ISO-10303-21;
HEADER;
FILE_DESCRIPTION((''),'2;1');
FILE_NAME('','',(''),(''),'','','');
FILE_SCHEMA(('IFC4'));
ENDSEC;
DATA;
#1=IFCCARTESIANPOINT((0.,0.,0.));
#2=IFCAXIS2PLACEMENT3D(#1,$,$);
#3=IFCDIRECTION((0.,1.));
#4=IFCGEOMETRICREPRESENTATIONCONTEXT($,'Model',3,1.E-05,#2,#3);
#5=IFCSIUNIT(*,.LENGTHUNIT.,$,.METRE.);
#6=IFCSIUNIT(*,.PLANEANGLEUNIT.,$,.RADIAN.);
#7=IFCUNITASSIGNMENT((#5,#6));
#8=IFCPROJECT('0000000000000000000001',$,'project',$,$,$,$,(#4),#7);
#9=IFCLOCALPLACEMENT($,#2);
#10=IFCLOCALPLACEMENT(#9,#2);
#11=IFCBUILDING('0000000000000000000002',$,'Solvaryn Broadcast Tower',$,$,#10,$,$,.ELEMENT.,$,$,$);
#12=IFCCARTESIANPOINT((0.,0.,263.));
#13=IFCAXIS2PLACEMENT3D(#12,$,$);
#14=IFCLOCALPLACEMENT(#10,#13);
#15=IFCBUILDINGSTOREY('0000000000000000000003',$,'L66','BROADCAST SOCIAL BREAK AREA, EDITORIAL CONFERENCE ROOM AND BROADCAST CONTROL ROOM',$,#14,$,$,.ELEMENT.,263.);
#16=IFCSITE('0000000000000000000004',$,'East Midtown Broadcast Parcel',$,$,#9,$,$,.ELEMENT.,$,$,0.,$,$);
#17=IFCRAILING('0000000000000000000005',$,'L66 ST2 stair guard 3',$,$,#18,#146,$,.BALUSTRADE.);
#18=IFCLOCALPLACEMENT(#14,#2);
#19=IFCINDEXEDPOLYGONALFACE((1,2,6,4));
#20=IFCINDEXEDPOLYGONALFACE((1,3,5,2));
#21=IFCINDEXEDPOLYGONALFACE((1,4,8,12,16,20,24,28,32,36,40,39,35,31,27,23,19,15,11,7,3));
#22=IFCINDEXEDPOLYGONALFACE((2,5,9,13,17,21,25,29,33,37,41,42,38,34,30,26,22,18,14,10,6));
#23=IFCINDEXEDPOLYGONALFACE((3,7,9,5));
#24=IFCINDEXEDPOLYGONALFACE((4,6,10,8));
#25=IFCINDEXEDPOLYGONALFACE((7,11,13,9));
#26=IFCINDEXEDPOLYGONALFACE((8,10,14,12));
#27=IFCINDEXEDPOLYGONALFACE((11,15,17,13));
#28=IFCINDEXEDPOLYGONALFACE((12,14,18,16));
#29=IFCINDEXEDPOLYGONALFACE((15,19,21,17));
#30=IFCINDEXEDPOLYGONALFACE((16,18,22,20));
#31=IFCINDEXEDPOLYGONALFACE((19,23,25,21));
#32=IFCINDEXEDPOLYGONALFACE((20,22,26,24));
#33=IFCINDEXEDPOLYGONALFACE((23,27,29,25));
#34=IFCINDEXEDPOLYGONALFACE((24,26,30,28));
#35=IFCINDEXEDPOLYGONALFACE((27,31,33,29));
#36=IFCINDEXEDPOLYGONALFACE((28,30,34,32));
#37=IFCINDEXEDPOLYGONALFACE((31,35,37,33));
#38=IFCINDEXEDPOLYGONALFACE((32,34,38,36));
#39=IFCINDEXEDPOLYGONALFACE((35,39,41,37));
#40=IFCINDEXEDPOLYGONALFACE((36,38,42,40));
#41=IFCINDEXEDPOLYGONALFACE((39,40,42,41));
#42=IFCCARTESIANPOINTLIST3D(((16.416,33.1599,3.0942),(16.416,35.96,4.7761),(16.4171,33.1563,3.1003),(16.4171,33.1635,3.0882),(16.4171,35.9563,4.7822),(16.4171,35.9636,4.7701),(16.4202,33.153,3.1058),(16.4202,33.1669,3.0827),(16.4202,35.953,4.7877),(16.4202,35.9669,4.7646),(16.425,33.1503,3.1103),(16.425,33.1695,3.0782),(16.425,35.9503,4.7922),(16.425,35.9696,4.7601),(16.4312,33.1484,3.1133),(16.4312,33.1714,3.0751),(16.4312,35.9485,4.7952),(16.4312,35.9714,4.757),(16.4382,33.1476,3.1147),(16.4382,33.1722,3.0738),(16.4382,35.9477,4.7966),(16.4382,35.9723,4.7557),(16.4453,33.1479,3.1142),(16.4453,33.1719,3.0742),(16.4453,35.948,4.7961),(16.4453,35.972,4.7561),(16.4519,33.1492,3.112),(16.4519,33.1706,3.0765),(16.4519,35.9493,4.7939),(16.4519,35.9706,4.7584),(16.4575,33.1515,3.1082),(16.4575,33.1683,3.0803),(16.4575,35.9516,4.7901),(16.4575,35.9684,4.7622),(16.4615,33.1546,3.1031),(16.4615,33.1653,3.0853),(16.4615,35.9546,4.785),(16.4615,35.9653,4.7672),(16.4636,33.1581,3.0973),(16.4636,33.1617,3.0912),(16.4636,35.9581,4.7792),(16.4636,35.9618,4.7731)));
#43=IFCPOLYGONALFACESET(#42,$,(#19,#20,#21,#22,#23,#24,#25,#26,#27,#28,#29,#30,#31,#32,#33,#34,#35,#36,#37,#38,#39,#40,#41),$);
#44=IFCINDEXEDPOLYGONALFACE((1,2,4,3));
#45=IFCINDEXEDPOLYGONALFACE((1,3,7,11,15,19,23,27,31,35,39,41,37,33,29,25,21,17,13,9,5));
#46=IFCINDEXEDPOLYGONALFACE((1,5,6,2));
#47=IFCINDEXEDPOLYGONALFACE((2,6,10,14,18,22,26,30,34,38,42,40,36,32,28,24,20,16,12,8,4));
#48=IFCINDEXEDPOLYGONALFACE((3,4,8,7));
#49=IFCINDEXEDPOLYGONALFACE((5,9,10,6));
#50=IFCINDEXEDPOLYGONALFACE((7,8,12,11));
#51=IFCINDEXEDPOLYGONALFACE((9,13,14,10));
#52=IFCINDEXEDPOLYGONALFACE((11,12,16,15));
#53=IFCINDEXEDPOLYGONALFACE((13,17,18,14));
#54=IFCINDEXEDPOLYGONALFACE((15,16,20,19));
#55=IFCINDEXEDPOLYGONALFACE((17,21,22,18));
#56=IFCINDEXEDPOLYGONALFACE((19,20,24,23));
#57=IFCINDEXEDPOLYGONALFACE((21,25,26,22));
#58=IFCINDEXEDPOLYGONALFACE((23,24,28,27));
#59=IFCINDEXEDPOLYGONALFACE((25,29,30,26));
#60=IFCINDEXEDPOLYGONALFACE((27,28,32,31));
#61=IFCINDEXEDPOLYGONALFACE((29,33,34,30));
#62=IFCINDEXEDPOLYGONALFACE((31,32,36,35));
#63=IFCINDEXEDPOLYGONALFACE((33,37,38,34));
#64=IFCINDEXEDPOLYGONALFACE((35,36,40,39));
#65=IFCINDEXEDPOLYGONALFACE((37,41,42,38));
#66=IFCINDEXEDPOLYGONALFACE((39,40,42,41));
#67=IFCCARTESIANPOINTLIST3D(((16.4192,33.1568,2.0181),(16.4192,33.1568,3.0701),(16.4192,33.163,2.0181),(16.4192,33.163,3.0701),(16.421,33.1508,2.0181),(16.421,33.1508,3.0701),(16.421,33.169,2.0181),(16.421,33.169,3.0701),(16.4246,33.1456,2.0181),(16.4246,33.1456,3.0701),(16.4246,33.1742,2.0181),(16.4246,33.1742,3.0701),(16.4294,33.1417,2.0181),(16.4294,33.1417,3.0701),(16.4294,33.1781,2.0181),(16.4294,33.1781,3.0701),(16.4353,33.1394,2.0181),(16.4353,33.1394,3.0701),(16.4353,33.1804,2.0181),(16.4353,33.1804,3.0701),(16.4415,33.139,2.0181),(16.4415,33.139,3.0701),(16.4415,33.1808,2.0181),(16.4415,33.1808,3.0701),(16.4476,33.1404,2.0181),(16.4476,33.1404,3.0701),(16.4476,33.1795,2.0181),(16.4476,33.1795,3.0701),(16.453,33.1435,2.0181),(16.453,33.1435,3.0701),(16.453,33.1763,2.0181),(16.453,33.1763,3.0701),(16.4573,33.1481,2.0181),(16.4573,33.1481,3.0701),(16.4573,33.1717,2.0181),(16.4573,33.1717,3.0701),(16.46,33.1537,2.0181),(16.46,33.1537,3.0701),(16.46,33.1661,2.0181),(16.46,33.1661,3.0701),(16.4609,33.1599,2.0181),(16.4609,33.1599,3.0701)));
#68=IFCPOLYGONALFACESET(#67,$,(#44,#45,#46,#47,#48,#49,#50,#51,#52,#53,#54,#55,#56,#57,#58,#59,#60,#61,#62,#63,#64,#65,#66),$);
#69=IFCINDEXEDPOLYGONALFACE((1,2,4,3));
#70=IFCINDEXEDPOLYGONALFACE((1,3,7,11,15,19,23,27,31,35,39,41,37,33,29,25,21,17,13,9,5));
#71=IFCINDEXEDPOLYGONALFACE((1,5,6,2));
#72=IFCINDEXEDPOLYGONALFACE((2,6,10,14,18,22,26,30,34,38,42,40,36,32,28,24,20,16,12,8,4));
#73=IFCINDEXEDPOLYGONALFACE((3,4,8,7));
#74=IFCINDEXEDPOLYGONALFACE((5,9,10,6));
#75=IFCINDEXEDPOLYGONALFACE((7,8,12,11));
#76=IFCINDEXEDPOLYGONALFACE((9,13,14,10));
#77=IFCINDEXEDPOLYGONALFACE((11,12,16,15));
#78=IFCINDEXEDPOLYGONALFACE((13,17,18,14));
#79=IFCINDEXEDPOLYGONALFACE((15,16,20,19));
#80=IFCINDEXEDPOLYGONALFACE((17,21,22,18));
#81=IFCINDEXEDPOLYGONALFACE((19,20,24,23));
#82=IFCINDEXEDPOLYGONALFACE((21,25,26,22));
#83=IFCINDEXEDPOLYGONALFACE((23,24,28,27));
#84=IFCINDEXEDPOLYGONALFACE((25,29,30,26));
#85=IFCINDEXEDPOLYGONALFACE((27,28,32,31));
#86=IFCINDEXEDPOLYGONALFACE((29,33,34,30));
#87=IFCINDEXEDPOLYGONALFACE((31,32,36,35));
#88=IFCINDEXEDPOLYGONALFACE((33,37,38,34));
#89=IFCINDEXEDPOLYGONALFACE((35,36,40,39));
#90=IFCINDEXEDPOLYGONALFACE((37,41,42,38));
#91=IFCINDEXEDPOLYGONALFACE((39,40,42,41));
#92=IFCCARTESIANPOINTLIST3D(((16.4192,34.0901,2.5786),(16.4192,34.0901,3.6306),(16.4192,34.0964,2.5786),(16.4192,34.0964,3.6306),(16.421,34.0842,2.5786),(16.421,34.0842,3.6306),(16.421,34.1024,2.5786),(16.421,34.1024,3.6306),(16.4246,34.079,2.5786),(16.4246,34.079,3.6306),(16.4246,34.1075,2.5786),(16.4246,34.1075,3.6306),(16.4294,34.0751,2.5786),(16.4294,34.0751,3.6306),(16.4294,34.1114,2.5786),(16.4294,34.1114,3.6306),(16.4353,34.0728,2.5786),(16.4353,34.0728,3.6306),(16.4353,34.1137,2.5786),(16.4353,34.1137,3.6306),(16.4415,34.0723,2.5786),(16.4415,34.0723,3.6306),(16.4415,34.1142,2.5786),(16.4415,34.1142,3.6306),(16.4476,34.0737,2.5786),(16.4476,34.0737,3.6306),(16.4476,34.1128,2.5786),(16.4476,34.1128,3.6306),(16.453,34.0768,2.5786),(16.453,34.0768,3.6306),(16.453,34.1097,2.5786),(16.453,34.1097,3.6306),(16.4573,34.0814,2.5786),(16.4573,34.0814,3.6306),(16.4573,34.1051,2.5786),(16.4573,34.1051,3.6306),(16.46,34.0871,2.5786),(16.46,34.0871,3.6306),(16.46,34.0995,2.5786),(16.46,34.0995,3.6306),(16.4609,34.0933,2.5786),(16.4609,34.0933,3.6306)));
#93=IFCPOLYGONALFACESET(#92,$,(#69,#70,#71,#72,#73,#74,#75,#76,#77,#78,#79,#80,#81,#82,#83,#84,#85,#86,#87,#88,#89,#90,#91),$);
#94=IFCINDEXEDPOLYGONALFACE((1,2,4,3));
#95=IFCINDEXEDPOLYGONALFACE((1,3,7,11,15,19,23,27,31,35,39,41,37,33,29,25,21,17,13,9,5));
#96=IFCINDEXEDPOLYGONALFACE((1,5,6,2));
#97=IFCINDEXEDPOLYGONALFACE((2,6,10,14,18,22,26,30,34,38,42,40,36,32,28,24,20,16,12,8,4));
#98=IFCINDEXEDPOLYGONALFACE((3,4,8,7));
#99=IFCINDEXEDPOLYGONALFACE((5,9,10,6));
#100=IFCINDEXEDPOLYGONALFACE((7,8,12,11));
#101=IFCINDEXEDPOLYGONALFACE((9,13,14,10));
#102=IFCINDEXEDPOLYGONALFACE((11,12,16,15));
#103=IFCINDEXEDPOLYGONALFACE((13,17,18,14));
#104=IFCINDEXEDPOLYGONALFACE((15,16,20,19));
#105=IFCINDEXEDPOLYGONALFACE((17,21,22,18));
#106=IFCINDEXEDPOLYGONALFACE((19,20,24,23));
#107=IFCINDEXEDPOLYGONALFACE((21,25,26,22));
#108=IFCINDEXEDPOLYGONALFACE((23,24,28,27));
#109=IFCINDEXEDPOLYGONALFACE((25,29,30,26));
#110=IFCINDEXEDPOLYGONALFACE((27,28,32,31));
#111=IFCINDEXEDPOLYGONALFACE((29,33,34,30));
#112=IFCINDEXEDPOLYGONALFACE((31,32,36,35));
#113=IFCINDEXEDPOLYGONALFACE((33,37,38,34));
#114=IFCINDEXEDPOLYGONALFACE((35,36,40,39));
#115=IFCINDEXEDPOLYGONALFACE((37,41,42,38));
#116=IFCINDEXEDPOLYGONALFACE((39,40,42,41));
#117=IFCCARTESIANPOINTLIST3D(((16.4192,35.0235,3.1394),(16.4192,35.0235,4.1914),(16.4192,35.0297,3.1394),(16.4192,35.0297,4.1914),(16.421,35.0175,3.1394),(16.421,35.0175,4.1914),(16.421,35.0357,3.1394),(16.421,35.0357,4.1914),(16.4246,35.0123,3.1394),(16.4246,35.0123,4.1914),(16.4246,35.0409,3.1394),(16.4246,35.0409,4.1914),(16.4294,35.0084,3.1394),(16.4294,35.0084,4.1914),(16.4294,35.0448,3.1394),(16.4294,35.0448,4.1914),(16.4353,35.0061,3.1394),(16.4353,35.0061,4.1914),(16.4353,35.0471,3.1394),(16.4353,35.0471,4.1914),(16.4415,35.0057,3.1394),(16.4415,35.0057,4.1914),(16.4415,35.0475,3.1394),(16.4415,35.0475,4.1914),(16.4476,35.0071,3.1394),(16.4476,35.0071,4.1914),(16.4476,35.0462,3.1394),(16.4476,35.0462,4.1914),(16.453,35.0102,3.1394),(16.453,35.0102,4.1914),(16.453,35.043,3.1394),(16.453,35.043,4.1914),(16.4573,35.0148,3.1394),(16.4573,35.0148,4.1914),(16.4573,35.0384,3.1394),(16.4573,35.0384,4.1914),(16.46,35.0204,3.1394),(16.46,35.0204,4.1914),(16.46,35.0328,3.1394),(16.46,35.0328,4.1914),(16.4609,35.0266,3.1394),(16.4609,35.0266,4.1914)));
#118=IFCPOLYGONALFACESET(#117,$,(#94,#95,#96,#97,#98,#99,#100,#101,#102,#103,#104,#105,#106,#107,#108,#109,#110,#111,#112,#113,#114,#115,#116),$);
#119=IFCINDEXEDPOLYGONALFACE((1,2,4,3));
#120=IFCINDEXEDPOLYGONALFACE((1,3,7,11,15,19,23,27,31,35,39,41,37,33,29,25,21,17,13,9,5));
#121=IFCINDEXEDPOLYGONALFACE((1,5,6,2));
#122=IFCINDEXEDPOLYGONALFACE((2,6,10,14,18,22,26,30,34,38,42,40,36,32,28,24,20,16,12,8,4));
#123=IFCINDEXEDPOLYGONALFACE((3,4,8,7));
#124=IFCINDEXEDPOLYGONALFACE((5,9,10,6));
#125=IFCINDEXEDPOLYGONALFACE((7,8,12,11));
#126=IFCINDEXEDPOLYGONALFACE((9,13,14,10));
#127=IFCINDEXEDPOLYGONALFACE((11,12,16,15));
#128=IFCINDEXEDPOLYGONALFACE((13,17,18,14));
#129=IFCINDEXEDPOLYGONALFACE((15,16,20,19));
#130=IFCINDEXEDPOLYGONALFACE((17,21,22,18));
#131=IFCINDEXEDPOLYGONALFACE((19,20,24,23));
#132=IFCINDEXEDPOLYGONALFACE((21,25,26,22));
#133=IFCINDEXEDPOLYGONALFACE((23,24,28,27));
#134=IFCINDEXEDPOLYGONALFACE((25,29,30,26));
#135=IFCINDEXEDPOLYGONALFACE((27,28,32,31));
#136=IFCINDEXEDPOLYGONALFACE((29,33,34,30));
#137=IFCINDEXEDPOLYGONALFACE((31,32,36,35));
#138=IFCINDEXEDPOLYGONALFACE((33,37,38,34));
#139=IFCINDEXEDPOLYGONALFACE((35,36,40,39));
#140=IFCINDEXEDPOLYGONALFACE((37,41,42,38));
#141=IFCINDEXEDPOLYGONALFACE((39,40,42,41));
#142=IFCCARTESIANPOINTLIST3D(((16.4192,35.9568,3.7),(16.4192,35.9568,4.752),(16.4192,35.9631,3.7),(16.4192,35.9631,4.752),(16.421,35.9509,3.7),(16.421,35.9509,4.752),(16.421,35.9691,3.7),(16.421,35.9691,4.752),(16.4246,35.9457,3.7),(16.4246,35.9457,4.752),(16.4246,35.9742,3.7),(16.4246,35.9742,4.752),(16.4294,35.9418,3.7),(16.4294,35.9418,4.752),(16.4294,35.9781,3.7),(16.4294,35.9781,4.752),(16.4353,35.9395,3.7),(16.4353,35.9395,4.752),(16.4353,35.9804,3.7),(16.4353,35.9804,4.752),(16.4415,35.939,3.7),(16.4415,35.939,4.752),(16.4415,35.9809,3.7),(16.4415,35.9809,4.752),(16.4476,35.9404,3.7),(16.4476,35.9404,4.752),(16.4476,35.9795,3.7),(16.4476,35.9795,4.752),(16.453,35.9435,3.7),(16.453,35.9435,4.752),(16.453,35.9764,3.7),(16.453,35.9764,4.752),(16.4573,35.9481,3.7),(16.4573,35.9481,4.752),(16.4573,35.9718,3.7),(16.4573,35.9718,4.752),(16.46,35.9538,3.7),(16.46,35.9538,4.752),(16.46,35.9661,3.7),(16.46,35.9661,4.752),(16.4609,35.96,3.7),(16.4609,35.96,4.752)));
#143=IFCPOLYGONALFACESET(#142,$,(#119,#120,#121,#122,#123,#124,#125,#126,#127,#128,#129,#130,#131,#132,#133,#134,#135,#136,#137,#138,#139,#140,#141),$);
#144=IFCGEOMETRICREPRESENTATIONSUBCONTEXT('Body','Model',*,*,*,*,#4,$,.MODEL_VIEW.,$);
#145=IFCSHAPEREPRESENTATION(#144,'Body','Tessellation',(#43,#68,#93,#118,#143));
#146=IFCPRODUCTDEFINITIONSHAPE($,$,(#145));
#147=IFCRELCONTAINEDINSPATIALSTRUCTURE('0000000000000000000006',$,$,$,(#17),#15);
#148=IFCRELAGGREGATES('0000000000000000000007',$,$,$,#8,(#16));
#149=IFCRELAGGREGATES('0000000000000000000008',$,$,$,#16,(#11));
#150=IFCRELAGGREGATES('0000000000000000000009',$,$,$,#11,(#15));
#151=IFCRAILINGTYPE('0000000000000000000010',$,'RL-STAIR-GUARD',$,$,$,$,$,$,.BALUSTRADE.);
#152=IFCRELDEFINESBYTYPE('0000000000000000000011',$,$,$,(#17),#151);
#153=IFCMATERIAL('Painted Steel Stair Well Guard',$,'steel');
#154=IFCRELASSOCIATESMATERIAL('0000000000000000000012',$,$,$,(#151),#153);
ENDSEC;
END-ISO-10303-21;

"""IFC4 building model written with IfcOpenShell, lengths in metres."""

from ifc_helpers import new_model, si_unit, direction, frame, origin, origin_2d, place, context, subcontext, project, spatial, circle, extrude, material, type_object, element, save


model = new_model("IFC4")

# Units and contexts
model_context = context("Model", 3, precision=1e-05, world=origin(), true_north=direction((0.0, 1.0)))
body_context = subcontext(model_context, "Body", "Model", "MODEL_VIEW")
ifc_project = project(units=[si_unit("LENGTHUNIT", "METRE"), si_unit("PLANEANGLEUNIT", "RADIAN")], contexts=[model_context])

# Site, building, storey
site_placement = place(None, origin())
site = spatial("IfcSite", under=ifc_project, at=site_placement, Name="East Midtown Broadcast Parcel", CompositionType="ELEMENT", RefElevation=0.0)
building_placement = place(site_placement, origin())
building = spatial("IfcBuilding", under=site, at=building_placement, Name="Solvaryn Broadcast Tower", CompositionType="ELEMENT")
storey_placement = place(building_placement, frame((0.0, 0.0, 263.0)))
storey = spatial("IfcBuildingStorey", under=building, at=storey_placement, Name="L66", Description="BROADCAST SOCIAL BREAK AREA, EDITORIAL CONFERENCE ROOM AND BROADCAST CONTROL ROOM", CompositionType="ELEMENT", Elevation=263.0)

# Railing
ifc_material_1 = material(Name="Painted Steel Stair Well Guard", Category="steel")
railing_type_1 = type_object("IfcRailingType", Name="RL-STAIR-GUARD", PredefinedType="BALUSTRADE", material=ifc_material_1)
railing_1_placement = place(storey_placement, frame((16.4399, 33.1599, 2.0181)))
element("IfcRailing", 1, at=railing_1_placement, inside=storey, type_object=railing_type_1, Name="L66 ST2 stair guard 3", PredefinedType="BALUSTRADE", context=body_context, shape_type="SweptSolid", body=[
    extrude(circle(Radius=0.0239, at=origin_2d()), frame((0.0, 0.0, 1.0762), z_axis=(0.0, 0.857242, 0.514913), x_axis=(-1.0, 0.0, 0.0)), (0.0, 0.0, 1.0), 3.2664),
    extrude(circle(Radius=0.021, at=origin_2d()), origin(), (0.0, 0.0, 1.0), 1.052),
    extrude(circle(Radius=0.021, at=origin_2d()), frame((0.0, 0.9333, 0.5605)), (0.0, 0.0, 1.0), 1.052),
    extrude(circle(Radius=0.021, at=origin_2d()), frame((0.0, 1.8667, 1.1213)), (0.0, 0.0, 1.0), 1.052),
    extrude(circle(Radius=0.021, at=origin_2d()), frame((0.0, 2.8, 1.6819)), (0.0, 0.0, 1.0), 1.052),
])

save(model, "model.ifc")
